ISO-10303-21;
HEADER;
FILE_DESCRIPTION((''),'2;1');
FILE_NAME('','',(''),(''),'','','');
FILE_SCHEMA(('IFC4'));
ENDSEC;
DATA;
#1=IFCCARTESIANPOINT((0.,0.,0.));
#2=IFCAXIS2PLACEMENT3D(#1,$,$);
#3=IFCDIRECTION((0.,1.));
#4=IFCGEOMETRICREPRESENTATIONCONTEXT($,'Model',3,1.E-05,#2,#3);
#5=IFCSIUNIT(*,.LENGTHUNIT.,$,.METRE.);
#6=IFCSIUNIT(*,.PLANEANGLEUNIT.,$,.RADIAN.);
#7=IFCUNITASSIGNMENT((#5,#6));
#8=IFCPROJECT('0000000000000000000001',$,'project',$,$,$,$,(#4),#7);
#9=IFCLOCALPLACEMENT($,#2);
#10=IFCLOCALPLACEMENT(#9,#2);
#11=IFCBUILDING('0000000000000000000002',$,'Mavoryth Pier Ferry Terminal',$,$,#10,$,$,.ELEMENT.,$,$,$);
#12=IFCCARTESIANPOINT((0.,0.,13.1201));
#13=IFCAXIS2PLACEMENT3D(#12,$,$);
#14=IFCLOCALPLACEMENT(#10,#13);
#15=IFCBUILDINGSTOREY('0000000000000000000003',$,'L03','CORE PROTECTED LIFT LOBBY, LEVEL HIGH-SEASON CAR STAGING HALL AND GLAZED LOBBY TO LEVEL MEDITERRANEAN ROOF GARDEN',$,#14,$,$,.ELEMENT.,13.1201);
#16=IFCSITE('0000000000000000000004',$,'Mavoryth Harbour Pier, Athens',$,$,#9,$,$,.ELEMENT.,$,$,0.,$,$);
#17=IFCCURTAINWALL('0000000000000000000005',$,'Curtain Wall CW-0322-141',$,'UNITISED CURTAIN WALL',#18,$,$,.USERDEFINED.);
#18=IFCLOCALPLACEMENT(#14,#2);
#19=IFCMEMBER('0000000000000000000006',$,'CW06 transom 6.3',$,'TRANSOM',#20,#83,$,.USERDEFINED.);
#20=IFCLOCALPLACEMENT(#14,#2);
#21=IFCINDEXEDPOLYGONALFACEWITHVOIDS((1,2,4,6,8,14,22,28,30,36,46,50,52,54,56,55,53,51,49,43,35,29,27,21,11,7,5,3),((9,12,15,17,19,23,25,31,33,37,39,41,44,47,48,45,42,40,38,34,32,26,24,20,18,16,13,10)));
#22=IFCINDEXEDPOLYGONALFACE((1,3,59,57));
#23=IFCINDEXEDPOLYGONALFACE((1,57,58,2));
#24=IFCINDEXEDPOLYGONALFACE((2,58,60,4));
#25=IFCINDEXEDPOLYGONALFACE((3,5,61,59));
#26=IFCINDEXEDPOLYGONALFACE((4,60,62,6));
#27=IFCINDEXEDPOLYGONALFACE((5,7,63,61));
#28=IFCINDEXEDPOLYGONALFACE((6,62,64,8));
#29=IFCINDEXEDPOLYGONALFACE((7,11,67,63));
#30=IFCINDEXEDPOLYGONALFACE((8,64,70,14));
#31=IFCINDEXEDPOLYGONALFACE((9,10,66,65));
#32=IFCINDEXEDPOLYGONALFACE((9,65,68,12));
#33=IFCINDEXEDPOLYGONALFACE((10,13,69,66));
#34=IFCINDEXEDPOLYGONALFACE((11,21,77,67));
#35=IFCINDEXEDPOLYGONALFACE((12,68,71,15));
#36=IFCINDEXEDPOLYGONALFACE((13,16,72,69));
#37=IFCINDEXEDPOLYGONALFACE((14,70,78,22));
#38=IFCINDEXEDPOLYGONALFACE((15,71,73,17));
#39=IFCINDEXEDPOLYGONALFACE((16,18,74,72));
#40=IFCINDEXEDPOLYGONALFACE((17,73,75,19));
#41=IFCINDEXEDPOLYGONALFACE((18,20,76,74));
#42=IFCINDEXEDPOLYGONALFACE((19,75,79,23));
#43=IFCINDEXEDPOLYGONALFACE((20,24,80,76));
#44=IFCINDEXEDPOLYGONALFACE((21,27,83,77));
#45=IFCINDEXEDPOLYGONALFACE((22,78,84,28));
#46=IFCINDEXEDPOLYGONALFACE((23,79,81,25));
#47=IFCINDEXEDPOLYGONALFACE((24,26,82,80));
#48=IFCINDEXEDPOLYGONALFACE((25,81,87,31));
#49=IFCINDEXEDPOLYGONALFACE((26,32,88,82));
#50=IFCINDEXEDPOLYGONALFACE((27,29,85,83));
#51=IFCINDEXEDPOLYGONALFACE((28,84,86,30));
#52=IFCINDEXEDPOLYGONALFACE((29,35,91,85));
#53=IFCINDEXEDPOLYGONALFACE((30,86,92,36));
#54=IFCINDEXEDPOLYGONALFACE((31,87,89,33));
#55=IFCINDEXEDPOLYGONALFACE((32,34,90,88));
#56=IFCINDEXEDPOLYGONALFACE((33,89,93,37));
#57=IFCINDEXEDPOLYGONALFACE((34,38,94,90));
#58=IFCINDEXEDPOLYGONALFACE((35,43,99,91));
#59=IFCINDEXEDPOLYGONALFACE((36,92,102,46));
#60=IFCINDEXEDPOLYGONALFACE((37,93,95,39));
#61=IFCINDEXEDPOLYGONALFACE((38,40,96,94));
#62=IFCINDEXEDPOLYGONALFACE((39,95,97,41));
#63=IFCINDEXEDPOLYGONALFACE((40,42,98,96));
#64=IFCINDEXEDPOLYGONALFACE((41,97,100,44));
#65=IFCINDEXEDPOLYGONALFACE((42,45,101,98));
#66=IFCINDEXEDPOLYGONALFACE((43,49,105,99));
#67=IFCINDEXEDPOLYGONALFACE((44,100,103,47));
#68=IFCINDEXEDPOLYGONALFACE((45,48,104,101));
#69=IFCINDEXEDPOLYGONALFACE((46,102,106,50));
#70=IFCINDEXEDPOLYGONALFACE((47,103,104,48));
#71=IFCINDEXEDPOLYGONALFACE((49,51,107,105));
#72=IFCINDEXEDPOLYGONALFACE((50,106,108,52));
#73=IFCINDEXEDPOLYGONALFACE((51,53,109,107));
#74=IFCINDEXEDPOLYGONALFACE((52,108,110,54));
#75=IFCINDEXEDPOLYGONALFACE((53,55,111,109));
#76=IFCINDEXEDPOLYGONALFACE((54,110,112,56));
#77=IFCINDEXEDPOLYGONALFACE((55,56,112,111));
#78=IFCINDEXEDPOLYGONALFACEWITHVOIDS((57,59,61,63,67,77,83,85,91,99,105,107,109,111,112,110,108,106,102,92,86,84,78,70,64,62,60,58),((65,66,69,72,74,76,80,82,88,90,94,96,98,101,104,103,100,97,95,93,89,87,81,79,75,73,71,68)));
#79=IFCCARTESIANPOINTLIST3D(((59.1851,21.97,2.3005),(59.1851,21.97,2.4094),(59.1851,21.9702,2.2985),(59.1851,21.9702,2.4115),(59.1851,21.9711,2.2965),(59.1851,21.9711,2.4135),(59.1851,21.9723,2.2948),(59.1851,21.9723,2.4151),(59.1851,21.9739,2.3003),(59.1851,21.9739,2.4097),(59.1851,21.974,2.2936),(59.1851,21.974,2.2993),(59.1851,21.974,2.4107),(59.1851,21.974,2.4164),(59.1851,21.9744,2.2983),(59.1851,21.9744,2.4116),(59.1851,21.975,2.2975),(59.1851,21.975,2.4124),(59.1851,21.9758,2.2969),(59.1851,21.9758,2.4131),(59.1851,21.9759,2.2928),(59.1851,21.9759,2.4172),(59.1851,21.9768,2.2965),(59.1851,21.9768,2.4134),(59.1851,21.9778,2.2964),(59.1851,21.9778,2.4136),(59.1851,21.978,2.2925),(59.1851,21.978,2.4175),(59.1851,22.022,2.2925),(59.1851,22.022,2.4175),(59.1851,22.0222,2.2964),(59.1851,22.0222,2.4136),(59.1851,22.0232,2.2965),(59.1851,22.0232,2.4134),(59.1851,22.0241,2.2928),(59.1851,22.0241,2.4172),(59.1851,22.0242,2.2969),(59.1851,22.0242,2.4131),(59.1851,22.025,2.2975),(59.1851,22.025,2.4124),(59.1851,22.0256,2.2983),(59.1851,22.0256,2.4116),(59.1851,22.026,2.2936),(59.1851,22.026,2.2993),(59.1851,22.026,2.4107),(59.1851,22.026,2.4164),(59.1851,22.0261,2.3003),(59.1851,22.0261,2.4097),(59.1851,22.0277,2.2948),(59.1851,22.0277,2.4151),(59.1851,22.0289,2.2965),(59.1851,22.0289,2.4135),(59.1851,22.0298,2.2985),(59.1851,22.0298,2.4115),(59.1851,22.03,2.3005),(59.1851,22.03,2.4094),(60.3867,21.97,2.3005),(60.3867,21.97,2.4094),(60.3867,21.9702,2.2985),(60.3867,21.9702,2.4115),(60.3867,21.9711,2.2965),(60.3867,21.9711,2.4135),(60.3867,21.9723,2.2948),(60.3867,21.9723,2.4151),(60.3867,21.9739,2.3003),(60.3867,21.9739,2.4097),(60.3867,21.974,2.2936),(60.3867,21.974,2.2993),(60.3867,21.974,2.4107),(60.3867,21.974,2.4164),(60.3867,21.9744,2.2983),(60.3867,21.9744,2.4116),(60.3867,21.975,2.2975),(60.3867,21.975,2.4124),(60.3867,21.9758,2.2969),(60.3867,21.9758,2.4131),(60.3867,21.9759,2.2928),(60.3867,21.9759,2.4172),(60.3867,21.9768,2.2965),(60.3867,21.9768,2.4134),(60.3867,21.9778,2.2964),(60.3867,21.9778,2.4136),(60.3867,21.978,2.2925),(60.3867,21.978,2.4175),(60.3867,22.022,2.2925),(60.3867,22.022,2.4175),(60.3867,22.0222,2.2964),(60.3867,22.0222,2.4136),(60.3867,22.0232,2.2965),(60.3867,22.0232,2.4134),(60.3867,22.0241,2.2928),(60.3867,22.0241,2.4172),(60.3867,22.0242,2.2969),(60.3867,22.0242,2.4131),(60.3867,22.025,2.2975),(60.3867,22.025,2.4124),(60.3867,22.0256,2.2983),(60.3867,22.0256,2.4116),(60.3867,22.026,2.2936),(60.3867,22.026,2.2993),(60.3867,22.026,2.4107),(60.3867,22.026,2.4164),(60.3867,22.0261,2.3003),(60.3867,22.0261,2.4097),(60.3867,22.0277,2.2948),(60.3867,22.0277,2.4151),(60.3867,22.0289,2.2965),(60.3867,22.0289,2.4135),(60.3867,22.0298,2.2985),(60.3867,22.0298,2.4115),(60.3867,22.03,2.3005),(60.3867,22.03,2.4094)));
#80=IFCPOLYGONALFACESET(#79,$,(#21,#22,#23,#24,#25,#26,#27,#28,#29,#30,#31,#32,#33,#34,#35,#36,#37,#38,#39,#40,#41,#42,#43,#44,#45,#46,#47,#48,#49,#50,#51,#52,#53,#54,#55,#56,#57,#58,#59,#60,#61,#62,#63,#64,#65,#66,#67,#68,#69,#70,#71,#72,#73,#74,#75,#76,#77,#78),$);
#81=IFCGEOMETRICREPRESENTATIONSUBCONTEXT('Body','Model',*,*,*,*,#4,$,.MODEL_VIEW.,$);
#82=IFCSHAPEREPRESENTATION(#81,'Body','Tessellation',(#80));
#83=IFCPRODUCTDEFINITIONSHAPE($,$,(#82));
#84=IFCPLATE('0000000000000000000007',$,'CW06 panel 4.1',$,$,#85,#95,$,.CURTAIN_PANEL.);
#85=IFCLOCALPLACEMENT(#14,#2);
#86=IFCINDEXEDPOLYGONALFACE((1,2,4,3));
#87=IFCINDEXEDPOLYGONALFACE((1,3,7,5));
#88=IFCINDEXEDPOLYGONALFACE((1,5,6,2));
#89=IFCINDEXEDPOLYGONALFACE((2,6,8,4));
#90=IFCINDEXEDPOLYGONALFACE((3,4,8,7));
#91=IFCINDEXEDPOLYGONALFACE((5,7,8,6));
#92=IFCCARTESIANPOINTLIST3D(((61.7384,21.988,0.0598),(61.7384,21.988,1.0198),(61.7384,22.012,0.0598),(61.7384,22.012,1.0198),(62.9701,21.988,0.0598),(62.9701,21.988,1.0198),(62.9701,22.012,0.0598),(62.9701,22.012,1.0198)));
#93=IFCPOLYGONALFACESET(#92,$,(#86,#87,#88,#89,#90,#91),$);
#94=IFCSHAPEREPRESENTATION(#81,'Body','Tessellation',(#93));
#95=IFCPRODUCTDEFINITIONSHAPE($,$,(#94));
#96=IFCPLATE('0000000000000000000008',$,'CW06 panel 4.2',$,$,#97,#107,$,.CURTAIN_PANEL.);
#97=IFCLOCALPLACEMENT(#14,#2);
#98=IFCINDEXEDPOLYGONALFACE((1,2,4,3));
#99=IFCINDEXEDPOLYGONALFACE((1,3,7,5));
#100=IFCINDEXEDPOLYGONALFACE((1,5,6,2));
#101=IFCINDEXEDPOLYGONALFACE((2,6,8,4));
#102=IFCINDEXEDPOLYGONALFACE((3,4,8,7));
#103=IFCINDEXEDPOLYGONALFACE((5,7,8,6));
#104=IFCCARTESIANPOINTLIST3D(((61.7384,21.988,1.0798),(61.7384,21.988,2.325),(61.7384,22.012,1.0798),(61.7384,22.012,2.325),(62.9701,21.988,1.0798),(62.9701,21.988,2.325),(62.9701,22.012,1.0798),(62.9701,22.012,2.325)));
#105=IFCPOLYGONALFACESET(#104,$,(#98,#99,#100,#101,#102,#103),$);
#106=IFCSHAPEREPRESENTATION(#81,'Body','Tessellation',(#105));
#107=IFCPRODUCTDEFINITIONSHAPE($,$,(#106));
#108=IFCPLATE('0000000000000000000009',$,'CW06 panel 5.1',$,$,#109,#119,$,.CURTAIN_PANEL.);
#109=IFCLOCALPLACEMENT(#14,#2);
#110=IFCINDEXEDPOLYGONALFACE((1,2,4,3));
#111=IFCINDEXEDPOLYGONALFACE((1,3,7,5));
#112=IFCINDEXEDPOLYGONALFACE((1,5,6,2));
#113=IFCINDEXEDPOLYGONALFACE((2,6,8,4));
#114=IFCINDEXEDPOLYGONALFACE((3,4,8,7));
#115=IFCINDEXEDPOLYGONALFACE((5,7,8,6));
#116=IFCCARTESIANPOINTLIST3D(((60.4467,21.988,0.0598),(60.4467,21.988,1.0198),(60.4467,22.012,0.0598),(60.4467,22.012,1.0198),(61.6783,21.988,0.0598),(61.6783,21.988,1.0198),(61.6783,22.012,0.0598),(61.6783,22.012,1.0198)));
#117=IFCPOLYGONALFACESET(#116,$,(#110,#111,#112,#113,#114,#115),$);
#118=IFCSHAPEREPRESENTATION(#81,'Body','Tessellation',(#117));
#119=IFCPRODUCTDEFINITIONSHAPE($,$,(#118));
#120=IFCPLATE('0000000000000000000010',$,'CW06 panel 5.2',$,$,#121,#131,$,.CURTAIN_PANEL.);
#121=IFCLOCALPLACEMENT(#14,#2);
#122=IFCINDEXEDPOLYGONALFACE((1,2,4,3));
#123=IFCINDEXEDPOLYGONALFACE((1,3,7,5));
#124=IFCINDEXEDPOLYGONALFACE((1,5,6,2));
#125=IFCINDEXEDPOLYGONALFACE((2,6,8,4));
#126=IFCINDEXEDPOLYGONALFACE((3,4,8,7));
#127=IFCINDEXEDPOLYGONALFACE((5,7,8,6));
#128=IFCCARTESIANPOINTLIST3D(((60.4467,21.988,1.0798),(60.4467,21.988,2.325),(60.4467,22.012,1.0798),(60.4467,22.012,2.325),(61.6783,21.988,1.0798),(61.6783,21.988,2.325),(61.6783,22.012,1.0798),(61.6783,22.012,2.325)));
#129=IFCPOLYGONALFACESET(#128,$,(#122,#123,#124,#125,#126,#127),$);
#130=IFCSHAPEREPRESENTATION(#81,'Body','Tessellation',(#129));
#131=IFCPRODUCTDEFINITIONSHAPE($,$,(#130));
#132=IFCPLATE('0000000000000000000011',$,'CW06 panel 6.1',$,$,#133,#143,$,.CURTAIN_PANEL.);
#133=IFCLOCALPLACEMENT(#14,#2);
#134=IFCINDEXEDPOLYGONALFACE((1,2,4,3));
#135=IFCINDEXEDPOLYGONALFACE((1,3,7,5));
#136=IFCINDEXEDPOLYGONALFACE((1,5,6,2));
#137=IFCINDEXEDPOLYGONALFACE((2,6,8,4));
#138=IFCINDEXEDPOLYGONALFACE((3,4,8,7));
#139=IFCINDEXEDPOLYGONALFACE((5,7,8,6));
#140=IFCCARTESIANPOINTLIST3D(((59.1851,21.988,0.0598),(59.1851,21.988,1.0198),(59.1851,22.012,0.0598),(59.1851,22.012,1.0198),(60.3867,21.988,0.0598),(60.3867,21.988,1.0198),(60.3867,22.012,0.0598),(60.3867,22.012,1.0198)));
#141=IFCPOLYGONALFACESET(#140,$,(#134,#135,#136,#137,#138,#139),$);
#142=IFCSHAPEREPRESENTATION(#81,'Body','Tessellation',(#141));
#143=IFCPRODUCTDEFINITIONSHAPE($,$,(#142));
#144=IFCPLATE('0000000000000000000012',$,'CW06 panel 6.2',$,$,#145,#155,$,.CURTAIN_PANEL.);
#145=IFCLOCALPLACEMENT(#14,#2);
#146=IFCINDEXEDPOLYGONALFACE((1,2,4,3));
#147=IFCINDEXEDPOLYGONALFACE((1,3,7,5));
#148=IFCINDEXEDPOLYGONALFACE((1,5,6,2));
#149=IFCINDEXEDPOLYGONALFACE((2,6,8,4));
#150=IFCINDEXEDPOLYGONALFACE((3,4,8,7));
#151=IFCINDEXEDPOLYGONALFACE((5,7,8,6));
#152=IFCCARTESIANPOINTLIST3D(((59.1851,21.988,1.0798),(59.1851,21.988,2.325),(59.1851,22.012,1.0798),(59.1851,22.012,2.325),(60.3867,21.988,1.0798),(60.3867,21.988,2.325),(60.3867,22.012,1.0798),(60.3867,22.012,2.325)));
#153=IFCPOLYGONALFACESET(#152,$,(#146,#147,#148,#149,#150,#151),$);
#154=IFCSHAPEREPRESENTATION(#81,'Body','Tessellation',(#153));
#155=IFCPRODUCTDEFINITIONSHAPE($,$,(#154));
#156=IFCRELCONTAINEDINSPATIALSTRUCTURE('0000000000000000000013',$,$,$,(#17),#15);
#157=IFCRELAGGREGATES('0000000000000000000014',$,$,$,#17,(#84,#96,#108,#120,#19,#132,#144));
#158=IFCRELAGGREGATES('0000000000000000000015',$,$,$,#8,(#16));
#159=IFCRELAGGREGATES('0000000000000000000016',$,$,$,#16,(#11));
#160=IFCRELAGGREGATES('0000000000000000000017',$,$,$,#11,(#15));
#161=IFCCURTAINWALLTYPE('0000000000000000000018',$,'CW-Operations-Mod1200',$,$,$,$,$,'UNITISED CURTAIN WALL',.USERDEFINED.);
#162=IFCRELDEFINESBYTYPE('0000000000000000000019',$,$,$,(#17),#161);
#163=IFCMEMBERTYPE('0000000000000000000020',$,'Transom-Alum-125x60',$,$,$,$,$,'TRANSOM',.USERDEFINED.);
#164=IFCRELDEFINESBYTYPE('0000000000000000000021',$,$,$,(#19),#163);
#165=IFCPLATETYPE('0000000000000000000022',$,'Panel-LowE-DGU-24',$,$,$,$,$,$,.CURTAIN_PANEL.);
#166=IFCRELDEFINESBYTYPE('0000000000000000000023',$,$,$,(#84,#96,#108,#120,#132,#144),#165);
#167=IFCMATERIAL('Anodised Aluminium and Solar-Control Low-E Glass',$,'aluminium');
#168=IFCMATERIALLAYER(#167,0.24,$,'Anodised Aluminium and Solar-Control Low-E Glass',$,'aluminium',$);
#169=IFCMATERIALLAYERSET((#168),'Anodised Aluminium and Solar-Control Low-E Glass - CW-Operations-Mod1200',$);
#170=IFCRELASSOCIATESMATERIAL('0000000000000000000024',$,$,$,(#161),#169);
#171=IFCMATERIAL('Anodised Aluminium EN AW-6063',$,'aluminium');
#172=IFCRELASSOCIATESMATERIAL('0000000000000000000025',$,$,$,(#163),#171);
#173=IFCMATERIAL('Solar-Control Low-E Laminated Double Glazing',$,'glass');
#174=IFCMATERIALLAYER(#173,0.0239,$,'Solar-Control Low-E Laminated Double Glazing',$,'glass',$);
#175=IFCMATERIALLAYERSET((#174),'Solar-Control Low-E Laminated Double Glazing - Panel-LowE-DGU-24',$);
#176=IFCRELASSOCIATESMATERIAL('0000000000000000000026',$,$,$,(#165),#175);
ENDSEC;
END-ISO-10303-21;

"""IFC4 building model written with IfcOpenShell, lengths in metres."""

from ifc_helpers import new_model, si_unit, direction, frame, origin, origin_2d, place, context, subcontext, project, spatial, rectangle, hollow_rectangle, extrude, material, layer, layer_set, material_profile, profile_set, type_object, element, aggregate, save


model = new_model("IFC4")

# Units and contexts
model_context = context("Model", 3, precision=1e-05, world=origin(), true_north=direction((0.0, 1.0)))
body_context = subcontext(model_context, "Body", "Model", "MODEL_VIEW")
ifc_project = project(units=[si_unit("LENGTHUNIT", "METRE"), si_unit("PLANEANGLEUNIT", "RADIAN")], contexts=[model_context])

# Site, building, storey
site_placement = place(None, origin())
site = spatial("IfcSite", under=ifc_project, at=site_placement, Name="Mavoryth Harbour Pier, Athens", CompositionType="ELEMENT", RefElevation=0.0)
building_placement = place(site_placement, origin())
building = spatial("IfcBuilding", under=site, at=building_placement, Name="Mavoryth Pier Ferry Terminal", CompositionType="ELEMENT")
storey_placement = place(building_placement, frame((0.0, 0.0, 13.1201)))
storey = spatial("IfcBuildingStorey", under=building, at=storey_placement, Name="L03", Description="CORE PROTECTED LIFT LOBBY, LEVEL HIGH-SEASON CAR STAGING HALL AND GLAZED LOBBY TO LEVEL MEDITERRANEAN ROOF GARDEN", CompositionType="ELEMENT", Elevation=13.1201)

# Shared definitions
ifc_material_1 = material(Name="Anodised Aluminium and Solar-Control Low-E Glass", Category="aluminium")
ifc_layer_1 = layer(ifc_material_1, 0.24, Name="Anodised Aluminium and Solar-Control Low-E Glass", Category="aluminium")
ifc_layer_set_1 = layer_set([ifc_layer_1], Name="Anodised Aluminium and Solar-Control Low-E Glass - CW-Operations-Mod1200")
curtain_wall_type = type_object("IfcCurtainWallType", Name="CW-Operations-Mod1200", ElementType="UNITISED CURTAIN WALL", PredefinedType="USERDEFINED", material=ifc_layer_set_1)
ifc_material_2 = material(Name="Anodised Aluminium EN AW-6063", Category="aluminium")

# Curtain wall
curtain_wall_1_placement = place(storey_placement, origin())
curtain_wall_1 = element("IfcCurtainWall", 1, at=curtain_wall_1_placement, inside=storey, type_object=curtain_wall_type, Name="Curtain Wall CW-0322-141", ObjectType="UNITISED CURTAIN WALL", PredefinedType="USERDEFINED")

# Member
ifc_material_profile_1 = material_profile(ifc_material_2, hollow_rectangle(XDim=0.0601, YDim=0.125, WallThickness=0.0039, InnerFilletRadius=0.0039, OuterFilletRadius=0.0081, at=origin_2d()), Name="AL-TRAN 125x60x4", Category="aluminium")
ifc_profile_set_1 = profile_set([ifc_material_profile_1], Name="Anodised Aluminium EN AW-6063 - AL-TRAN 125x60x4")
member_type_1 = type_object("IfcMemberType", Name="Transom-Alum-125x60", ElementType="TRANSOM", PredefinedType="USERDEFINED", material=ifc_profile_set_1)
member_1_placement = place(storey_placement, frame((60.3867, 22.0, 2.355), z_axis=(-1.0, 0.0, 0.0), x_axis=(0.0, -1.0, 0.0)))
member_1 = element("IfcMember", 2, at=member_1_placement, type_object=member_type_1, Name="CW06 transom 6.3", ObjectType="TRANSOM", PredefinedType="USERDEFINED", context=body_context, shape_type="SweptSolid", body=[
    extrude(hollow_rectangle(XDim=0.0601, YDim=0.125, WallThickness=0.0039, InnerFilletRadius=0.0039, OuterFilletRadius=0.0081, at=origin_2d()), origin(), (0.0, 0.0, 1.0), 1.2017),
])

# Plates
ifc_material_3 = material(Name="Solar-Control Low-E Laminated Double Glazing", Category="glass")
ifc_layer_2 = layer(ifc_material_3, 0.0239, Name="Solar-Control Low-E Laminated Double Glazing", Category="glass")
ifc_layer_set_2 = layer_set([ifc_layer_2], Name="Solar-Control Low-E Laminated Double Glazing - Panel-LowE-DGU-24")
plate_type = type_object("IfcPlateType", Name="Panel-LowE-DGU-24", PredefinedType="CURTAIN_PANEL", material=ifc_layer_set_2)
plate_1_placement = place(storey_placement, frame((62.3542, 22.0, 0.0598), z_axis=(0.0, 0.0, 1.0), x_axis=(-1.0, 0.0, 0.0)))
plate_1 = element("IfcPlate", 3, at=plate_1_placement, type_object=plate_type, Name="CW06 panel 4.1", PredefinedType="CURTAIN_PANEL", context=body_context, shape_type="SweptSolid", body=[
    extrude(rectangle(XDim=1.2317, YDim=0.0239, at=origin_2d()), origin(), (0.0, 0.0, 1.0), 0.96),
])
plate_2_placement = place(storey_placement, frame((62.3542, 22.0, 1.0798), z_axis=(0.0, 0.0, 1.0), x_axis=(-1.0, 0.0, 0.0)))
plate_2 = element("IfcPlate", 4, at=plate_2_placement, type_object=plate_type, Name="CW06 panel 4.2", PredefinedType="CURTAIN_PANEL", context=body_context, shape_type="SweptSolid", body=[
    extrude(rectangle(XDim=1.2317, YDim=0.0239, at=origin_2d()), origin(), (0.0, 0.0, 1.0), 1.2451),
])
plate_3_placement = place(storey_placement, frame((61.0625, 22.0, 0.0598), z_axis=(0.0, 0.0, 1.0), x_axis=(-1.0, 0.0, 0.0)))
plate_3 = element("IfcPlate", 5, at=plate_3_placement, type_object=plate_type, Name="CW06 panel 5.1", PredefinedType="CURTAIN_PANEL", context=body_context, shape_type="SweptSolid", body=[
    extrude(rectangle(XDim=1.2317, YDim=0.0239, at=origin_2d()), origin(), (0.0, 0.0, 1.0), 0.96),
])
plate_4_placement = place(storey_placement, frame((61.0625, 22.0, 1.0798), z_axis=(0.0, 0.0, 1.0), x_axis=(-1.0, 0.0, 0.0)))
plate_4 = element("IfcPlate", 6, at=plate_4_placement, type_object=plate_type, Name="CW06 panel 5.2", PredefinedType="CURTAIN_PANEL", context=body_context, shape_type="SweptSolid", body=[
    extrude(rectangle(XDim=1.2317, YDim=0.0239, at=origin_2d()), origin(), (0.0, 0.0, 1.0), 1.2451),
])
plate_5_placement = place(storey_placement, frame((59.7859, 22.0, 0.0598), z_axis=(0.0, 0.0, 1.0), x_axis=(-1.0, 0.0, 0.0)))
plate_5 = element("IfcPlate", 7, at=plate_5_placement, type_object=plate_type, Name="CW06 panel 6.1", PredefinedType="CURTAIN_PANEL", context=body_context, shape_type="SweptSolid", body=[
    extrude(rectangle(XDim=1.2017, YDim=0.0239, at=origin_2d()), origin(), (0.0, 0.0, 1.0), 0.96),
])
plate_6_placement = place(storey_placement, frame((59.7859, 22.0, 1.0798), z_axis=(0.0, 0.0, 1.0), x_axis=(-1.0, 0.0, 0.0)))
plate_6 = element("IfcPlate", 8, at=plate_6_placement, type_object=plate_type, Name="CW06 panel 6.2", PredefinedType="CURTAIN_PANEL", context=body_context, shape_type="SweptSolid", body=[
    extrude(rectangle(XDim=1.2017, YDim=0.0239, at=origin_2d()), origin(), (0.0, 0.0, 1.0), 1.2451),
])
aggregate(curtain_wall_1, [plate_1, plate_2, plate_3, plate_4, member_1, plate_5, plate_6])

save(model, "model.ifc")
